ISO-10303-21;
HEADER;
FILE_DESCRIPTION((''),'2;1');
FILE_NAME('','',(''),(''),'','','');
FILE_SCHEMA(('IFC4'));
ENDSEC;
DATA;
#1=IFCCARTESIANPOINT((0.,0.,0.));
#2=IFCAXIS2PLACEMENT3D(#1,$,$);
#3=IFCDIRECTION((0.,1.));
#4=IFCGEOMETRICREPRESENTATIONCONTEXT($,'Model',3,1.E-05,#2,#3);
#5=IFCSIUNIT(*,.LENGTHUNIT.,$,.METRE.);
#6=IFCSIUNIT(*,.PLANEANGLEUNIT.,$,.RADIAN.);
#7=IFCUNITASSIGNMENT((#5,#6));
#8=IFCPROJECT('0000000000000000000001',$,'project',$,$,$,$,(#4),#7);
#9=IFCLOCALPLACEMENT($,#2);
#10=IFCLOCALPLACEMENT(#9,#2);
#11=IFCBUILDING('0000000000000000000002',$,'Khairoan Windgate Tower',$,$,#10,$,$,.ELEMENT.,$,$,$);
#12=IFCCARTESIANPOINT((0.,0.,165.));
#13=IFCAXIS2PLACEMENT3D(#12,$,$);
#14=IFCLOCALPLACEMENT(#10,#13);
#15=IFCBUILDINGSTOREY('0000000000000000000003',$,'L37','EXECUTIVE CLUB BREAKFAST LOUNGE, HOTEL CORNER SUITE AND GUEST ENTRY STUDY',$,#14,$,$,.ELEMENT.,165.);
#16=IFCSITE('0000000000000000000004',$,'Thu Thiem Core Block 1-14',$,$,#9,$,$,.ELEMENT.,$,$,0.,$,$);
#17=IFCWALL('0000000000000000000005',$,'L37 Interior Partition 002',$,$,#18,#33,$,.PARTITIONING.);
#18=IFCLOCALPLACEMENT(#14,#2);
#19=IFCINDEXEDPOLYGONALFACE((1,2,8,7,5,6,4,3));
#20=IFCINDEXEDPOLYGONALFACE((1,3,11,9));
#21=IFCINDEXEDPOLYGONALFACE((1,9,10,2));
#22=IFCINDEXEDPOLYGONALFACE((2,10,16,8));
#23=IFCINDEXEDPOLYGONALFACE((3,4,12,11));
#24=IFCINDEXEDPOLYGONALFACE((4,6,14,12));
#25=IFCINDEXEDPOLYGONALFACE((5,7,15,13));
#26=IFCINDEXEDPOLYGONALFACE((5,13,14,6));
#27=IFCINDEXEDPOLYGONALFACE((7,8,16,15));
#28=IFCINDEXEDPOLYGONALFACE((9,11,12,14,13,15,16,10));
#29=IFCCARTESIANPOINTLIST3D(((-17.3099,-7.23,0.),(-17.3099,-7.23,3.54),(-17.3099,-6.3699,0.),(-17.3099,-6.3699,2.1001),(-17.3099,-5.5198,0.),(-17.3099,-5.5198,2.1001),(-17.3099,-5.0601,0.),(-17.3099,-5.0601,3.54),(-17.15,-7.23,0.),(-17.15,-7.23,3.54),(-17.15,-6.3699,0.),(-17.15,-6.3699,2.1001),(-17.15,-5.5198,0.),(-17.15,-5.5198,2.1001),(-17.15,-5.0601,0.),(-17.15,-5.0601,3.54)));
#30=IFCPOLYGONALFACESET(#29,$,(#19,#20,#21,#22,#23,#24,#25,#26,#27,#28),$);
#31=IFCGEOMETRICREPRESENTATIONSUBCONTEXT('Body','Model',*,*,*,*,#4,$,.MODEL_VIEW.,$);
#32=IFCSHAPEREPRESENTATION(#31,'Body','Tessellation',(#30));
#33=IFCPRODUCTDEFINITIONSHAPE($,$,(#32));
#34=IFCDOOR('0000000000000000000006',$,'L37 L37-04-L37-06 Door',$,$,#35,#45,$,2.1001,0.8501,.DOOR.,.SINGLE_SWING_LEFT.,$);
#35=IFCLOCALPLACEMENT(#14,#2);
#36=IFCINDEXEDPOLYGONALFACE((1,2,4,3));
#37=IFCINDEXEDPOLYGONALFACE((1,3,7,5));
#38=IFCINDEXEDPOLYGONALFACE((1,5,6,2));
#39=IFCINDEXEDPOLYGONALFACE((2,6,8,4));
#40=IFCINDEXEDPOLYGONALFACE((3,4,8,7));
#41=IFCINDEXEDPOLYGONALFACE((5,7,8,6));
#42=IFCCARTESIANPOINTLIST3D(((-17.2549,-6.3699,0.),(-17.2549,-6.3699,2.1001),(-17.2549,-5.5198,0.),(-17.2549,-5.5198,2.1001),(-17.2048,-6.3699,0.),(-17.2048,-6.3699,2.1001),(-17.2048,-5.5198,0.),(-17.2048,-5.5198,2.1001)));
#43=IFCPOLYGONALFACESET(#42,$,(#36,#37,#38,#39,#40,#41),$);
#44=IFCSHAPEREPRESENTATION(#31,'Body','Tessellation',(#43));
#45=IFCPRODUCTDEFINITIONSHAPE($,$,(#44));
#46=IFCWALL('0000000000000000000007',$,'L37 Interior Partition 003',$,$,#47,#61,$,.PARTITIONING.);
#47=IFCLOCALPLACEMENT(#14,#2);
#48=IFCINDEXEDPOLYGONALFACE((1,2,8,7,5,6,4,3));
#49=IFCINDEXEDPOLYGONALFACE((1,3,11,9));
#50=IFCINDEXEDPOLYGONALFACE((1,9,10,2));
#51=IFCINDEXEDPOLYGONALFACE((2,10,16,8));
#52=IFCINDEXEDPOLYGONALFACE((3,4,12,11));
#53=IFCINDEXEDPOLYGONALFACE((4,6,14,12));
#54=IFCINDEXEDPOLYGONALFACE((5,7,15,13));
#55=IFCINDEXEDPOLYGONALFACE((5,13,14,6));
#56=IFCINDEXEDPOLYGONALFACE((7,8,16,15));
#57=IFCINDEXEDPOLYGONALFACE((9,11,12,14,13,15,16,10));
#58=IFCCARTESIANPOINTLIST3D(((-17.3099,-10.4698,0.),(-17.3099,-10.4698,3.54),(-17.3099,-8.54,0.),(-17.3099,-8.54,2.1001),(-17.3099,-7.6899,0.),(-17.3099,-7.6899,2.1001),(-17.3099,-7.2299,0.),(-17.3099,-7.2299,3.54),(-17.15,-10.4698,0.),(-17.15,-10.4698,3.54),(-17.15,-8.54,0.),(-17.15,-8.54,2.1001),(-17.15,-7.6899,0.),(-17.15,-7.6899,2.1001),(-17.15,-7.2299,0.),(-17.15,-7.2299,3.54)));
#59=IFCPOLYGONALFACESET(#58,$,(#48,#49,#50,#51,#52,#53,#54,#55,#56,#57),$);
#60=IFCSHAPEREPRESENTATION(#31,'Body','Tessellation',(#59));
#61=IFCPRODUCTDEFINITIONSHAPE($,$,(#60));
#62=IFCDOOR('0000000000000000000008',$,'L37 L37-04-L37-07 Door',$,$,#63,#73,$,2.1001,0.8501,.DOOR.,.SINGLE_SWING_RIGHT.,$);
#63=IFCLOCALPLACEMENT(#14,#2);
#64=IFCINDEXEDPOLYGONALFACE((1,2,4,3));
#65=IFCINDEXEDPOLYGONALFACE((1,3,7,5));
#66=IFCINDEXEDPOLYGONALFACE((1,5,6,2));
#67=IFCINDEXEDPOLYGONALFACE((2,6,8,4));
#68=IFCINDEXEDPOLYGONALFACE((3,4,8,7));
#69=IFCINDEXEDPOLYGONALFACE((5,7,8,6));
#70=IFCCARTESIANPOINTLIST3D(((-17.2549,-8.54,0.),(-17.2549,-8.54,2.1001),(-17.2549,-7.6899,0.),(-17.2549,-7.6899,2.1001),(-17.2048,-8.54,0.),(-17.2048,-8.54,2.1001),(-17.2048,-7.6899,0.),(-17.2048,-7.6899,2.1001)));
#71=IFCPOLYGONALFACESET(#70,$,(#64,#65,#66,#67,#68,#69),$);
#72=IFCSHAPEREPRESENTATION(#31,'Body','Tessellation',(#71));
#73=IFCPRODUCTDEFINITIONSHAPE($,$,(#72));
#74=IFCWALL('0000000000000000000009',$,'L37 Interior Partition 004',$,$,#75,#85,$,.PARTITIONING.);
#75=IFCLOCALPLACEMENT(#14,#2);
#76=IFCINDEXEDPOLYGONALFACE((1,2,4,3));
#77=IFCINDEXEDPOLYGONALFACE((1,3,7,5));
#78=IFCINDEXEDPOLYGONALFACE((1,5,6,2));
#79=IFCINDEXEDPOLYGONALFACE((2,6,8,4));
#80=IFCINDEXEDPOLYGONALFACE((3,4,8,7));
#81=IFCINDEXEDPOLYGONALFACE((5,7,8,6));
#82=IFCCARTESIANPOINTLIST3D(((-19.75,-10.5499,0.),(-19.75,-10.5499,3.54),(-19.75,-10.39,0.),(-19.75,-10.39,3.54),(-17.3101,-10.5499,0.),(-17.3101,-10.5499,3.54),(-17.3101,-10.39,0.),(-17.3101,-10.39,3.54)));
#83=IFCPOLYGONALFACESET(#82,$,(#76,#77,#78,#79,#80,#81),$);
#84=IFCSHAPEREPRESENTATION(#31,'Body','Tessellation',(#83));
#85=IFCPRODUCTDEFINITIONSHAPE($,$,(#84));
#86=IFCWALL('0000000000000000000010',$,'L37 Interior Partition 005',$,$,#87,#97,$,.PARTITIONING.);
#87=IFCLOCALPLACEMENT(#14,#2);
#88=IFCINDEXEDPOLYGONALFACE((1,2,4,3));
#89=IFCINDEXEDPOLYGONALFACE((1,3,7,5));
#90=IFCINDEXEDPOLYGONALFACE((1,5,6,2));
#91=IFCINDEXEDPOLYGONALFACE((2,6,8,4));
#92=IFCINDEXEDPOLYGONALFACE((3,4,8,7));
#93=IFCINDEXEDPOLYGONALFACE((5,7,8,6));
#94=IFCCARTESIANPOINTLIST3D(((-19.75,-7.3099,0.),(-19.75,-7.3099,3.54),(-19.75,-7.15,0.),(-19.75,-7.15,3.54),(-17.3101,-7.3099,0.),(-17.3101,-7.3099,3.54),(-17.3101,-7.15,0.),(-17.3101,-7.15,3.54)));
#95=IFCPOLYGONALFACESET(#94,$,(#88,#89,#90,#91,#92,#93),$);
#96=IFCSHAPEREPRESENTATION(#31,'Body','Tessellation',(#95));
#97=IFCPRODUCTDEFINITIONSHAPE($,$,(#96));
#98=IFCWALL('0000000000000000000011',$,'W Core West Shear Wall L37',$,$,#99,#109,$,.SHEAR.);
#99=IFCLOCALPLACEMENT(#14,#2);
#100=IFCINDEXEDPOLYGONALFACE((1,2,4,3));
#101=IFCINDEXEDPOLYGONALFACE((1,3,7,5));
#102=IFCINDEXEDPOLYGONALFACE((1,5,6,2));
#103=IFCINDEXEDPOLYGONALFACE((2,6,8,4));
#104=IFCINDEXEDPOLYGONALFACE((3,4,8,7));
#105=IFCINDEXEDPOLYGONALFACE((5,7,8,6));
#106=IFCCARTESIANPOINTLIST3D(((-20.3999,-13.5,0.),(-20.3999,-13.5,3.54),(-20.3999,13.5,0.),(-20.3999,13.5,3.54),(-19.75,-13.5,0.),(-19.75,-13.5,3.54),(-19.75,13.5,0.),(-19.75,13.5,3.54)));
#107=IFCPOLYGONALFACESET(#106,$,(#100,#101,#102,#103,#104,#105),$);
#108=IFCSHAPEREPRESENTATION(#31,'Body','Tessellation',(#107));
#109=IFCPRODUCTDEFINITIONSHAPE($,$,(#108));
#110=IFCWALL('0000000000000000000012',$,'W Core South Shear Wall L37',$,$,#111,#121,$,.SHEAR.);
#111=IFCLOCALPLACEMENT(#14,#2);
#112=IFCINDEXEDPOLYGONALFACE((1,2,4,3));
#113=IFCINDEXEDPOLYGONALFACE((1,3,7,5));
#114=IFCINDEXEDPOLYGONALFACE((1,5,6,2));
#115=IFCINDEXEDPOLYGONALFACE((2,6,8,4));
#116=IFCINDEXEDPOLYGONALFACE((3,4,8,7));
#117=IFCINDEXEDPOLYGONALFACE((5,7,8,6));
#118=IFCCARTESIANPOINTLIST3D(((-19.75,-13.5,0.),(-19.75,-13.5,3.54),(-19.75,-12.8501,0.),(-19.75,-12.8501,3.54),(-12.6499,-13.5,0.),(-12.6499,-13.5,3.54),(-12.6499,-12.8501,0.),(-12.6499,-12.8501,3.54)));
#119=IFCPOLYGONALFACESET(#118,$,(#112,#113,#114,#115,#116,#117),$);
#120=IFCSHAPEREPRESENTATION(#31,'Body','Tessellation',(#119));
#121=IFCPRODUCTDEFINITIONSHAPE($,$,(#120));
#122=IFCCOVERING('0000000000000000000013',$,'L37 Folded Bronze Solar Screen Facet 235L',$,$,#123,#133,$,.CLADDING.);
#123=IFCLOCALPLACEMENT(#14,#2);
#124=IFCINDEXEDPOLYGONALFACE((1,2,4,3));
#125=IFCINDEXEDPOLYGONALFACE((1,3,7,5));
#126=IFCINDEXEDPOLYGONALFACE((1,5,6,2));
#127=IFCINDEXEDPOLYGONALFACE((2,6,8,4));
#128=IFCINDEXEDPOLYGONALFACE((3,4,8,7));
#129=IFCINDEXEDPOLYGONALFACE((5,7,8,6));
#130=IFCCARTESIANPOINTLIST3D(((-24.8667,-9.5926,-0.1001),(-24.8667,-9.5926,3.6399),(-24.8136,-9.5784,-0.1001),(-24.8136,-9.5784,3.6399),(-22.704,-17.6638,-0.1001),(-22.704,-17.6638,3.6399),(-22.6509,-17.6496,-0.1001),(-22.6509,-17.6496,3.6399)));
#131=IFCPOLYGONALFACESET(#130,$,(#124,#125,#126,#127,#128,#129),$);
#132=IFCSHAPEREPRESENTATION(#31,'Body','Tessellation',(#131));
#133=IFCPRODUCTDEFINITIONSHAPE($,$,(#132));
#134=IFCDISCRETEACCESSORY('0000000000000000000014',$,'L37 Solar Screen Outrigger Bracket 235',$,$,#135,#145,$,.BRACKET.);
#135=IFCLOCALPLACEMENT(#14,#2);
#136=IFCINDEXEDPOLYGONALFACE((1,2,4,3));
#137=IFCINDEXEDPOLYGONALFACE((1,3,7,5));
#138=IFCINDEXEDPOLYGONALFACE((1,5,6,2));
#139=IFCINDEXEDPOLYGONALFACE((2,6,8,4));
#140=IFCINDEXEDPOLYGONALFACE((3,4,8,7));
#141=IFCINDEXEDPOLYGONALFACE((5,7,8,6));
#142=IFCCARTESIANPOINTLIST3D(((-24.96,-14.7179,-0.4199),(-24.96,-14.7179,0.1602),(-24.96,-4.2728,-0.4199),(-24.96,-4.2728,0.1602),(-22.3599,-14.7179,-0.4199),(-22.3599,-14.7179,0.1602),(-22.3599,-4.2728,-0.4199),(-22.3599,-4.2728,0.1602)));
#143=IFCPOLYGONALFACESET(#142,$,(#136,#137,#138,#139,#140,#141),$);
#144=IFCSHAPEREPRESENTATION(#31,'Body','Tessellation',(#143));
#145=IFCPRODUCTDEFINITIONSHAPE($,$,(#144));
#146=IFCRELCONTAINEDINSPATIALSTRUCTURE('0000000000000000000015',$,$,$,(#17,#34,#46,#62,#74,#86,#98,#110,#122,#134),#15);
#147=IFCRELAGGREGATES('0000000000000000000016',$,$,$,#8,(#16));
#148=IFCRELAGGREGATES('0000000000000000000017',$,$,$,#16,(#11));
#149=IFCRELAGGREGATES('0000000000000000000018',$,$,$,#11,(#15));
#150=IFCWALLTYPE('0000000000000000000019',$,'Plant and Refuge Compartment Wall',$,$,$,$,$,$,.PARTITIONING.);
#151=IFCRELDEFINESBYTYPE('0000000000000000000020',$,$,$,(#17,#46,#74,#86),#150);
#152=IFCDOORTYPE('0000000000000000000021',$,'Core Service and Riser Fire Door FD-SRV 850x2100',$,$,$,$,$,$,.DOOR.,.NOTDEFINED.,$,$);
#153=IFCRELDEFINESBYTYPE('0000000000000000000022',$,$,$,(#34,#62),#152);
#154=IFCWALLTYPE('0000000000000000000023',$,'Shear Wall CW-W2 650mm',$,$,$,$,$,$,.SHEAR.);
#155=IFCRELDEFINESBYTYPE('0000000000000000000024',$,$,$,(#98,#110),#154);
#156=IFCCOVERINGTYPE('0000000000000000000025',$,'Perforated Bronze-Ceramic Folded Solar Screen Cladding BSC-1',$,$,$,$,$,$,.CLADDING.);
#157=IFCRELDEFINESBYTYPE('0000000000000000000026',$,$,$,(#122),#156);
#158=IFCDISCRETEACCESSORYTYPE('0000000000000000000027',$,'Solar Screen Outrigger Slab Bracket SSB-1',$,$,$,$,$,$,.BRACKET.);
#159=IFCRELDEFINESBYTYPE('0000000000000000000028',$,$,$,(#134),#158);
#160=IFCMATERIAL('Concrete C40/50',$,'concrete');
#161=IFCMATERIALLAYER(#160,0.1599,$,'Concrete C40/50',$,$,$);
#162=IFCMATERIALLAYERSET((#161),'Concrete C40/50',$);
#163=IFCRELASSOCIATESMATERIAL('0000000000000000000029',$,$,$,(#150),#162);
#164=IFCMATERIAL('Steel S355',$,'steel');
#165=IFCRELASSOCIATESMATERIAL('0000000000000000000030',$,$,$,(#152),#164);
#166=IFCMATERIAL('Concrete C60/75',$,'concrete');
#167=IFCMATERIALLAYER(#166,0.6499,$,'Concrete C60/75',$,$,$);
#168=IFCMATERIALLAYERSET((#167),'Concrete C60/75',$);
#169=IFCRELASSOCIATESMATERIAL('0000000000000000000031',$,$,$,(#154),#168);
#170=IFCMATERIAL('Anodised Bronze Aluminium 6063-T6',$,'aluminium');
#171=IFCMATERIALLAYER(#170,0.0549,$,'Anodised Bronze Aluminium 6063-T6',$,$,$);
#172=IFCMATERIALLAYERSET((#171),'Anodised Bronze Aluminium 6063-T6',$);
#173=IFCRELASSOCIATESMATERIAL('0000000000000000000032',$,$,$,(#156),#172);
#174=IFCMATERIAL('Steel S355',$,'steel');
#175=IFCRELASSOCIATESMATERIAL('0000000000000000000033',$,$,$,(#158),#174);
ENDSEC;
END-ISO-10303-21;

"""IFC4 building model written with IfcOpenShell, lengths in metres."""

from ifc_helpers import new_model, si_unit, direction, frame, frame_2d, origin, origin_2d, place, context, subcontext, project, spatial, rectangle, extrude, material, layer, layer_set, type_object, element, fill, save


model = new_model("IFC4")

# Units and contexts
model_context = context("Model", 3, precision=1e-05, world=origin(), true_north=direction((0.0, 1.0)))
body_context = subcontext(model_context, "Body", "Model", "MODEL_VIEW")
ifc_project = project(units=[si_unit("LENGTHUNIT", "METRE"), si_unit("PLANEANGLEUNIT", "RADIAN")], contexts=[model_context])

# Site, building, storey
site_placement = place(None, origin())
site = spatial("IfcSite", under=ifc_project, at=site_placement, Name="Thu Thiem Core Block 1-14", CompositionType="ELEMENT", RefElevation=0.0)
building_placement = place(site_placement, origin())
building = spatial("IfcBuilding", under=site, at=building_placement, Name="Khairoan Windgate Tower", CompositionType="ELEMENT")
storey_placement = place(building_placement, frame((0.0, 0.0, 165.0)))
storey = spatial("IfcBuildingStorey", under=building, at=storey_placement, Name="L37", Description="EXECUTIVE CLUB BREAKFAST LOUNGE, HOTEL CORNER SUITE AND GUEST ENTRY STUDY", CompositionType="ELEMENT", Elevation=165.0)

# Walls, openings, doors
ifc_material_1 = material(Name="Concrete C40/50", Category="concrete")
ifc_layer_1 = layer(ifc_material_1, 0.1599, Name="Concrete C40/50")
ifc_layer_set_1 = layer_set([ifc_layer_1], Name="Concrete C40/50")
wall_type_1 = type_object("IfcWallType", Name="Plant and Refuge Compartment Wall", PredefinedType="PARTITIONING", material=ifc_layer_set_1)
ifc_material_2 = material(Name="Steel S355", Category="steel")
door_type = type_object("IfcDoorType", Name="Core Service and Riser Fire Door FD-SRV 850x2100", OperationType="NOTDEFINED", PredefinedType="DOOR", material=ifc_material_2)
wall_1_placement = place(storey_placement, frame((-17.23, -7.23, 0.0), z_axis=(0.0, 0.0, 1.0), x_axis=(0.0, 1.0, 0.0)))
wall_1 = element("IfcWall", 1, at=wall_1_placement, inside=storey, type_object=wall_type_1, Name="L37 Interior Partition 002", PredefinedType="PARTITIONING", context=body_context, shape_type="SweptSolid", body=[
    extrude(rectangle(XDim=2.1699, YDim=0.1599, at=frame_2d((1.085, 0.0))), origin(), (0.0, 0.0, 1.0), 3.54),
])
opening_1_placement = place(wall_1_placement, frame((0.8601, 0.0, 0.0)))
opening_1 = element("IfcOpeningElement", 2, at=opening_1_placement, cuts=wall_1, PredefinedType="OPENING", context=body_context, shape_type="SweptSolid", body=[
    extrude(rectangle(XDim=0.8501, YDim=2.1001, at=frame_2d((0.425, 1.05))), frame((0.0, 0.0898, 0.0), z_axis=(0.0, -1.0, 0.0), x_axis=(1.0, 0.0, 0.0)), (0.0, 0.0, 1.0), 0.1799),
])
door_1_placement = place(opening_1_placement, origin())
door_1 = element("IfcDoor", 3, at=door_1_placement, inside=storey, type_object=door_type, Name="L37 L37-04-L37-06 Door", OperationType="SINGLE_SWING_LEFT", OverallHeight=2.1001, OverallWidth=0.8501, PredefinedType="DOOR", context=body_context, shape_type="SweptSolid", body=[
    extrude(rectangle(XDim=0.8501, YDim=2.1001, at=frame_2d((0.425, 1.05))), frame((0.0, 0.0249, 0.0), z_axis=(0.0, -1.0, 0.0), x_axis=(1.0, 0.0, 0.0)), (0.0, 0.0, 1.0), 0.05),
])
fill(opening_1, door_1)
wall_2_placement = place(storey_placement, frame((-17.23, -10.47, 0.0), z_axis=(0.0, 0.0, 1.0), x_axis=(0.0, 1.0, 0.0)))
wall_2 = element("IfcWall", 4, at=wall_2_placement, inside=storey, type_object=wall_type_1, Name="L37 Interior Partition 003", PredefinedType="PARTITIONING", context=body_context, shape_type="SweptSolid", body=[
    extrude(rectangle(XDim=3.24, YDim=0.1599, at=frame_2d((1.6201, 0.0))), origin(), (0.0, 0.0, 1.0), 3.54),
])
opening_2_placement = place(wall_2_placement, frame((1.9299, 0.0, 0.0)))
opening_2 = element("IfcOpeningElement", 5, at=opening_2_placement, cuts=wall_2, PredefinedType="OPENING", context=body_context, shape_type="SweptSolid", body=[
    extrude(rectangle(XDim=0.8501, YDim=2.1001, at=frame_2d((0.425, 1.05))), frame((0.0, 0.0898, 0.0), z_axis=(0.0, -1.0, 0.0), x_axis=(1.0, 0.0, 0.0)), (0.0, 0.0, 1.0), 0.1799),
])
door_2_placement = place(opening_2_placement, origin())
door_2 = element("IfcDoor", 6, at=door_2_placement, inside=storey, type_object=door_type, Name="L37 L37-04-L37-07 Door", OperationType="SINGLE_SWING_RIGHT", OverallHeight=2.1001, OverallWidth=0.8501, PredefinedType="DOOR", context=body_context, shape_type="SweptSolid", body=[
    extrude(rectangle(XDim=0.8501, YDim=2.1001, at=frame_2d((0.425, 1.05))), frame((0.0, 0.0249, 0.0), z_axis=(0.0, -1.0, 0.0), x_axis=(1.0, 0.0, 0.0)), (0.0, 0.0, 1.0), 0.05),
])
fill(opening_2, door_2)

# Walls
for number, where, z_axis, x_axis, name in (
    (7, (-19.75, -10.47, 0.0), (0.0, 0.0, 1.0), (1.0, 0.0, 0.0), "L37 Interior Partition 004"),
    (8, (-19.75, -7.23, 0.0), (0.0, 0.0, 1.0), (1.0, 0.0, 0.0), "L37 Interior Partition 005"),
):
    element("IfcWall", number, at=place(storey_placement, frame(where, z_axis=z_axis, x_axis=x_axis)), inside=storey, type_object=wall_type_1, Name=name, PredefinedType="PARTITIONING", context=body_context, shape_type="SweptSolid", body=[
        extrude(rectangle(XDim=2.4399, YDim=0.1599, at=frame_2d((1.22, 0.0))), origin(), (0.0, 0.0, 1.0), 3.54),
    ])
ifc_material_3 = material(Name="Concrete C60/75", Category="concrete")
ifc_layer_2 = layer(ifc_material_3, 0.6499, Name="Concrete C60/75")
ifc_layer_set_2 = layer_set([ifc_layer_2], Name="Concrete C60/75")
wall_type_2 = type_object("IfcWallType", Name="Shear Wall CW-W2 650mm", PredefinedType="SHEAR", material=ifc_layer_set_2)
wall_3_placement = place(storey_placement, frame((-20.075, -13.5, 0.0), z_axis=(0.0, 0.0, 1.0), x_axis=(0.0, 1.0, 0.0)))
element("IfcWall", 9, at=wall_3_placement, inside=storey, type_object=wall_type_2, Name="W Core West Shear Wall L37", PredefinedType="SHEAR", context=body_context, shape_type="SweptSolid", body=[
    extrude(rectangle(XDim=27.0, YDim=0.6499, at=frame_2d((13.5, 0.0))), origin(), (0.0, 0.0, 1.0), 3.54),
])
wall_4_placement = place(storey_placement, frame((-19.75, -13.175, 0.0), z_axis=(0.0, 0.0, 1.0), x_axis=(1.0, 0.0, 0.0)))
element("IfcWall", 10, at=wall_4_placement, inside=storey, type_object=wall_type_2, Name="W Core South Shear Wall L37", PredefinedType="SHEAR", context=body_context, shape_type="SweptSolid", body=[
    extrude(rectangle(XDim=7.1001, YDim=0.6499, at=frame_2d((3.55, 0.0))), origin(), (0.0, 0.0, 1.0), 3.54),
])

# Covering
ifc_material_4 = material(Name="Anodised Bronze Aluminium 6063-T6", Category="aluminium")
ifc_layer_3 = layer(ifc_material_4, 0.0549, Name="Anodised Bronze Aluminium 6063-T6")
ifc_layer_set_3 = layer_set([ifc_layer_3], Name="Anodised Bronze Aluminium 6063-T6")
covering_type = type_object("IfcCoveringType", Name="Perforated Bronze-Ceramic Folded Solar Screen Cladding BSC-1", PredefinedType="CLADDING", material=ifc_layer_set_3)
covering_placement = place(storey_placement, frame((-23.7588, -13.6211, -0.1001), z_axis=(0.0, 0.0, 1.0), x_axis=(-0.258819, 0.965926, 0.0)))
element("IfcCovering", 11, at=covering_placement, inside=storey, type_object=covering_type, Name="L37 Folded Bronze Solar Screen Facet 235L", PredefinedType="CLADDING", context=body_context, shape_type="SweptSolid", body=[
    extrude(rectangle(XDim=8.356, YDim=0.0549, at=origin_2d()), origin(), (0.0, 0.0, 1.0), 3.74),
])

# Discrete accessory
ifc_material_5 = material(Name="Steel S355", Category="steel")
discrete_accessory_type = type_object("IfcDiscreteAccessoryType", Name="Solar Screen Outrigger Slab Bracket SSB-1", PredefinedType="BRACKET", material=ifc_material_5)
discrete_accessory_placement = place(storey_placement, frame((-23.6599, -9.4954, -0.4199), z_axis=(0.0, 0.0, 1.0), x_axis=(0.0, 1.0, 0.0)))
element("IfcDiscreteAccessory", 12, at=discrete_accessory_placement, inside=storey, type_object=discrete_accessory_type, Name="L37 Solar Screen Outrigger Bracket 235", PredefinedType="BRACKET", context=body_context, shape_type="SweptSolid", body=[
    extrude(rectangle(XDim=10.4451, YDim=2.6001, at=origin_2d()), origin(), (0.0, 0.0, 1.0), 0.5801),
])

save(model, "model.ifc")
